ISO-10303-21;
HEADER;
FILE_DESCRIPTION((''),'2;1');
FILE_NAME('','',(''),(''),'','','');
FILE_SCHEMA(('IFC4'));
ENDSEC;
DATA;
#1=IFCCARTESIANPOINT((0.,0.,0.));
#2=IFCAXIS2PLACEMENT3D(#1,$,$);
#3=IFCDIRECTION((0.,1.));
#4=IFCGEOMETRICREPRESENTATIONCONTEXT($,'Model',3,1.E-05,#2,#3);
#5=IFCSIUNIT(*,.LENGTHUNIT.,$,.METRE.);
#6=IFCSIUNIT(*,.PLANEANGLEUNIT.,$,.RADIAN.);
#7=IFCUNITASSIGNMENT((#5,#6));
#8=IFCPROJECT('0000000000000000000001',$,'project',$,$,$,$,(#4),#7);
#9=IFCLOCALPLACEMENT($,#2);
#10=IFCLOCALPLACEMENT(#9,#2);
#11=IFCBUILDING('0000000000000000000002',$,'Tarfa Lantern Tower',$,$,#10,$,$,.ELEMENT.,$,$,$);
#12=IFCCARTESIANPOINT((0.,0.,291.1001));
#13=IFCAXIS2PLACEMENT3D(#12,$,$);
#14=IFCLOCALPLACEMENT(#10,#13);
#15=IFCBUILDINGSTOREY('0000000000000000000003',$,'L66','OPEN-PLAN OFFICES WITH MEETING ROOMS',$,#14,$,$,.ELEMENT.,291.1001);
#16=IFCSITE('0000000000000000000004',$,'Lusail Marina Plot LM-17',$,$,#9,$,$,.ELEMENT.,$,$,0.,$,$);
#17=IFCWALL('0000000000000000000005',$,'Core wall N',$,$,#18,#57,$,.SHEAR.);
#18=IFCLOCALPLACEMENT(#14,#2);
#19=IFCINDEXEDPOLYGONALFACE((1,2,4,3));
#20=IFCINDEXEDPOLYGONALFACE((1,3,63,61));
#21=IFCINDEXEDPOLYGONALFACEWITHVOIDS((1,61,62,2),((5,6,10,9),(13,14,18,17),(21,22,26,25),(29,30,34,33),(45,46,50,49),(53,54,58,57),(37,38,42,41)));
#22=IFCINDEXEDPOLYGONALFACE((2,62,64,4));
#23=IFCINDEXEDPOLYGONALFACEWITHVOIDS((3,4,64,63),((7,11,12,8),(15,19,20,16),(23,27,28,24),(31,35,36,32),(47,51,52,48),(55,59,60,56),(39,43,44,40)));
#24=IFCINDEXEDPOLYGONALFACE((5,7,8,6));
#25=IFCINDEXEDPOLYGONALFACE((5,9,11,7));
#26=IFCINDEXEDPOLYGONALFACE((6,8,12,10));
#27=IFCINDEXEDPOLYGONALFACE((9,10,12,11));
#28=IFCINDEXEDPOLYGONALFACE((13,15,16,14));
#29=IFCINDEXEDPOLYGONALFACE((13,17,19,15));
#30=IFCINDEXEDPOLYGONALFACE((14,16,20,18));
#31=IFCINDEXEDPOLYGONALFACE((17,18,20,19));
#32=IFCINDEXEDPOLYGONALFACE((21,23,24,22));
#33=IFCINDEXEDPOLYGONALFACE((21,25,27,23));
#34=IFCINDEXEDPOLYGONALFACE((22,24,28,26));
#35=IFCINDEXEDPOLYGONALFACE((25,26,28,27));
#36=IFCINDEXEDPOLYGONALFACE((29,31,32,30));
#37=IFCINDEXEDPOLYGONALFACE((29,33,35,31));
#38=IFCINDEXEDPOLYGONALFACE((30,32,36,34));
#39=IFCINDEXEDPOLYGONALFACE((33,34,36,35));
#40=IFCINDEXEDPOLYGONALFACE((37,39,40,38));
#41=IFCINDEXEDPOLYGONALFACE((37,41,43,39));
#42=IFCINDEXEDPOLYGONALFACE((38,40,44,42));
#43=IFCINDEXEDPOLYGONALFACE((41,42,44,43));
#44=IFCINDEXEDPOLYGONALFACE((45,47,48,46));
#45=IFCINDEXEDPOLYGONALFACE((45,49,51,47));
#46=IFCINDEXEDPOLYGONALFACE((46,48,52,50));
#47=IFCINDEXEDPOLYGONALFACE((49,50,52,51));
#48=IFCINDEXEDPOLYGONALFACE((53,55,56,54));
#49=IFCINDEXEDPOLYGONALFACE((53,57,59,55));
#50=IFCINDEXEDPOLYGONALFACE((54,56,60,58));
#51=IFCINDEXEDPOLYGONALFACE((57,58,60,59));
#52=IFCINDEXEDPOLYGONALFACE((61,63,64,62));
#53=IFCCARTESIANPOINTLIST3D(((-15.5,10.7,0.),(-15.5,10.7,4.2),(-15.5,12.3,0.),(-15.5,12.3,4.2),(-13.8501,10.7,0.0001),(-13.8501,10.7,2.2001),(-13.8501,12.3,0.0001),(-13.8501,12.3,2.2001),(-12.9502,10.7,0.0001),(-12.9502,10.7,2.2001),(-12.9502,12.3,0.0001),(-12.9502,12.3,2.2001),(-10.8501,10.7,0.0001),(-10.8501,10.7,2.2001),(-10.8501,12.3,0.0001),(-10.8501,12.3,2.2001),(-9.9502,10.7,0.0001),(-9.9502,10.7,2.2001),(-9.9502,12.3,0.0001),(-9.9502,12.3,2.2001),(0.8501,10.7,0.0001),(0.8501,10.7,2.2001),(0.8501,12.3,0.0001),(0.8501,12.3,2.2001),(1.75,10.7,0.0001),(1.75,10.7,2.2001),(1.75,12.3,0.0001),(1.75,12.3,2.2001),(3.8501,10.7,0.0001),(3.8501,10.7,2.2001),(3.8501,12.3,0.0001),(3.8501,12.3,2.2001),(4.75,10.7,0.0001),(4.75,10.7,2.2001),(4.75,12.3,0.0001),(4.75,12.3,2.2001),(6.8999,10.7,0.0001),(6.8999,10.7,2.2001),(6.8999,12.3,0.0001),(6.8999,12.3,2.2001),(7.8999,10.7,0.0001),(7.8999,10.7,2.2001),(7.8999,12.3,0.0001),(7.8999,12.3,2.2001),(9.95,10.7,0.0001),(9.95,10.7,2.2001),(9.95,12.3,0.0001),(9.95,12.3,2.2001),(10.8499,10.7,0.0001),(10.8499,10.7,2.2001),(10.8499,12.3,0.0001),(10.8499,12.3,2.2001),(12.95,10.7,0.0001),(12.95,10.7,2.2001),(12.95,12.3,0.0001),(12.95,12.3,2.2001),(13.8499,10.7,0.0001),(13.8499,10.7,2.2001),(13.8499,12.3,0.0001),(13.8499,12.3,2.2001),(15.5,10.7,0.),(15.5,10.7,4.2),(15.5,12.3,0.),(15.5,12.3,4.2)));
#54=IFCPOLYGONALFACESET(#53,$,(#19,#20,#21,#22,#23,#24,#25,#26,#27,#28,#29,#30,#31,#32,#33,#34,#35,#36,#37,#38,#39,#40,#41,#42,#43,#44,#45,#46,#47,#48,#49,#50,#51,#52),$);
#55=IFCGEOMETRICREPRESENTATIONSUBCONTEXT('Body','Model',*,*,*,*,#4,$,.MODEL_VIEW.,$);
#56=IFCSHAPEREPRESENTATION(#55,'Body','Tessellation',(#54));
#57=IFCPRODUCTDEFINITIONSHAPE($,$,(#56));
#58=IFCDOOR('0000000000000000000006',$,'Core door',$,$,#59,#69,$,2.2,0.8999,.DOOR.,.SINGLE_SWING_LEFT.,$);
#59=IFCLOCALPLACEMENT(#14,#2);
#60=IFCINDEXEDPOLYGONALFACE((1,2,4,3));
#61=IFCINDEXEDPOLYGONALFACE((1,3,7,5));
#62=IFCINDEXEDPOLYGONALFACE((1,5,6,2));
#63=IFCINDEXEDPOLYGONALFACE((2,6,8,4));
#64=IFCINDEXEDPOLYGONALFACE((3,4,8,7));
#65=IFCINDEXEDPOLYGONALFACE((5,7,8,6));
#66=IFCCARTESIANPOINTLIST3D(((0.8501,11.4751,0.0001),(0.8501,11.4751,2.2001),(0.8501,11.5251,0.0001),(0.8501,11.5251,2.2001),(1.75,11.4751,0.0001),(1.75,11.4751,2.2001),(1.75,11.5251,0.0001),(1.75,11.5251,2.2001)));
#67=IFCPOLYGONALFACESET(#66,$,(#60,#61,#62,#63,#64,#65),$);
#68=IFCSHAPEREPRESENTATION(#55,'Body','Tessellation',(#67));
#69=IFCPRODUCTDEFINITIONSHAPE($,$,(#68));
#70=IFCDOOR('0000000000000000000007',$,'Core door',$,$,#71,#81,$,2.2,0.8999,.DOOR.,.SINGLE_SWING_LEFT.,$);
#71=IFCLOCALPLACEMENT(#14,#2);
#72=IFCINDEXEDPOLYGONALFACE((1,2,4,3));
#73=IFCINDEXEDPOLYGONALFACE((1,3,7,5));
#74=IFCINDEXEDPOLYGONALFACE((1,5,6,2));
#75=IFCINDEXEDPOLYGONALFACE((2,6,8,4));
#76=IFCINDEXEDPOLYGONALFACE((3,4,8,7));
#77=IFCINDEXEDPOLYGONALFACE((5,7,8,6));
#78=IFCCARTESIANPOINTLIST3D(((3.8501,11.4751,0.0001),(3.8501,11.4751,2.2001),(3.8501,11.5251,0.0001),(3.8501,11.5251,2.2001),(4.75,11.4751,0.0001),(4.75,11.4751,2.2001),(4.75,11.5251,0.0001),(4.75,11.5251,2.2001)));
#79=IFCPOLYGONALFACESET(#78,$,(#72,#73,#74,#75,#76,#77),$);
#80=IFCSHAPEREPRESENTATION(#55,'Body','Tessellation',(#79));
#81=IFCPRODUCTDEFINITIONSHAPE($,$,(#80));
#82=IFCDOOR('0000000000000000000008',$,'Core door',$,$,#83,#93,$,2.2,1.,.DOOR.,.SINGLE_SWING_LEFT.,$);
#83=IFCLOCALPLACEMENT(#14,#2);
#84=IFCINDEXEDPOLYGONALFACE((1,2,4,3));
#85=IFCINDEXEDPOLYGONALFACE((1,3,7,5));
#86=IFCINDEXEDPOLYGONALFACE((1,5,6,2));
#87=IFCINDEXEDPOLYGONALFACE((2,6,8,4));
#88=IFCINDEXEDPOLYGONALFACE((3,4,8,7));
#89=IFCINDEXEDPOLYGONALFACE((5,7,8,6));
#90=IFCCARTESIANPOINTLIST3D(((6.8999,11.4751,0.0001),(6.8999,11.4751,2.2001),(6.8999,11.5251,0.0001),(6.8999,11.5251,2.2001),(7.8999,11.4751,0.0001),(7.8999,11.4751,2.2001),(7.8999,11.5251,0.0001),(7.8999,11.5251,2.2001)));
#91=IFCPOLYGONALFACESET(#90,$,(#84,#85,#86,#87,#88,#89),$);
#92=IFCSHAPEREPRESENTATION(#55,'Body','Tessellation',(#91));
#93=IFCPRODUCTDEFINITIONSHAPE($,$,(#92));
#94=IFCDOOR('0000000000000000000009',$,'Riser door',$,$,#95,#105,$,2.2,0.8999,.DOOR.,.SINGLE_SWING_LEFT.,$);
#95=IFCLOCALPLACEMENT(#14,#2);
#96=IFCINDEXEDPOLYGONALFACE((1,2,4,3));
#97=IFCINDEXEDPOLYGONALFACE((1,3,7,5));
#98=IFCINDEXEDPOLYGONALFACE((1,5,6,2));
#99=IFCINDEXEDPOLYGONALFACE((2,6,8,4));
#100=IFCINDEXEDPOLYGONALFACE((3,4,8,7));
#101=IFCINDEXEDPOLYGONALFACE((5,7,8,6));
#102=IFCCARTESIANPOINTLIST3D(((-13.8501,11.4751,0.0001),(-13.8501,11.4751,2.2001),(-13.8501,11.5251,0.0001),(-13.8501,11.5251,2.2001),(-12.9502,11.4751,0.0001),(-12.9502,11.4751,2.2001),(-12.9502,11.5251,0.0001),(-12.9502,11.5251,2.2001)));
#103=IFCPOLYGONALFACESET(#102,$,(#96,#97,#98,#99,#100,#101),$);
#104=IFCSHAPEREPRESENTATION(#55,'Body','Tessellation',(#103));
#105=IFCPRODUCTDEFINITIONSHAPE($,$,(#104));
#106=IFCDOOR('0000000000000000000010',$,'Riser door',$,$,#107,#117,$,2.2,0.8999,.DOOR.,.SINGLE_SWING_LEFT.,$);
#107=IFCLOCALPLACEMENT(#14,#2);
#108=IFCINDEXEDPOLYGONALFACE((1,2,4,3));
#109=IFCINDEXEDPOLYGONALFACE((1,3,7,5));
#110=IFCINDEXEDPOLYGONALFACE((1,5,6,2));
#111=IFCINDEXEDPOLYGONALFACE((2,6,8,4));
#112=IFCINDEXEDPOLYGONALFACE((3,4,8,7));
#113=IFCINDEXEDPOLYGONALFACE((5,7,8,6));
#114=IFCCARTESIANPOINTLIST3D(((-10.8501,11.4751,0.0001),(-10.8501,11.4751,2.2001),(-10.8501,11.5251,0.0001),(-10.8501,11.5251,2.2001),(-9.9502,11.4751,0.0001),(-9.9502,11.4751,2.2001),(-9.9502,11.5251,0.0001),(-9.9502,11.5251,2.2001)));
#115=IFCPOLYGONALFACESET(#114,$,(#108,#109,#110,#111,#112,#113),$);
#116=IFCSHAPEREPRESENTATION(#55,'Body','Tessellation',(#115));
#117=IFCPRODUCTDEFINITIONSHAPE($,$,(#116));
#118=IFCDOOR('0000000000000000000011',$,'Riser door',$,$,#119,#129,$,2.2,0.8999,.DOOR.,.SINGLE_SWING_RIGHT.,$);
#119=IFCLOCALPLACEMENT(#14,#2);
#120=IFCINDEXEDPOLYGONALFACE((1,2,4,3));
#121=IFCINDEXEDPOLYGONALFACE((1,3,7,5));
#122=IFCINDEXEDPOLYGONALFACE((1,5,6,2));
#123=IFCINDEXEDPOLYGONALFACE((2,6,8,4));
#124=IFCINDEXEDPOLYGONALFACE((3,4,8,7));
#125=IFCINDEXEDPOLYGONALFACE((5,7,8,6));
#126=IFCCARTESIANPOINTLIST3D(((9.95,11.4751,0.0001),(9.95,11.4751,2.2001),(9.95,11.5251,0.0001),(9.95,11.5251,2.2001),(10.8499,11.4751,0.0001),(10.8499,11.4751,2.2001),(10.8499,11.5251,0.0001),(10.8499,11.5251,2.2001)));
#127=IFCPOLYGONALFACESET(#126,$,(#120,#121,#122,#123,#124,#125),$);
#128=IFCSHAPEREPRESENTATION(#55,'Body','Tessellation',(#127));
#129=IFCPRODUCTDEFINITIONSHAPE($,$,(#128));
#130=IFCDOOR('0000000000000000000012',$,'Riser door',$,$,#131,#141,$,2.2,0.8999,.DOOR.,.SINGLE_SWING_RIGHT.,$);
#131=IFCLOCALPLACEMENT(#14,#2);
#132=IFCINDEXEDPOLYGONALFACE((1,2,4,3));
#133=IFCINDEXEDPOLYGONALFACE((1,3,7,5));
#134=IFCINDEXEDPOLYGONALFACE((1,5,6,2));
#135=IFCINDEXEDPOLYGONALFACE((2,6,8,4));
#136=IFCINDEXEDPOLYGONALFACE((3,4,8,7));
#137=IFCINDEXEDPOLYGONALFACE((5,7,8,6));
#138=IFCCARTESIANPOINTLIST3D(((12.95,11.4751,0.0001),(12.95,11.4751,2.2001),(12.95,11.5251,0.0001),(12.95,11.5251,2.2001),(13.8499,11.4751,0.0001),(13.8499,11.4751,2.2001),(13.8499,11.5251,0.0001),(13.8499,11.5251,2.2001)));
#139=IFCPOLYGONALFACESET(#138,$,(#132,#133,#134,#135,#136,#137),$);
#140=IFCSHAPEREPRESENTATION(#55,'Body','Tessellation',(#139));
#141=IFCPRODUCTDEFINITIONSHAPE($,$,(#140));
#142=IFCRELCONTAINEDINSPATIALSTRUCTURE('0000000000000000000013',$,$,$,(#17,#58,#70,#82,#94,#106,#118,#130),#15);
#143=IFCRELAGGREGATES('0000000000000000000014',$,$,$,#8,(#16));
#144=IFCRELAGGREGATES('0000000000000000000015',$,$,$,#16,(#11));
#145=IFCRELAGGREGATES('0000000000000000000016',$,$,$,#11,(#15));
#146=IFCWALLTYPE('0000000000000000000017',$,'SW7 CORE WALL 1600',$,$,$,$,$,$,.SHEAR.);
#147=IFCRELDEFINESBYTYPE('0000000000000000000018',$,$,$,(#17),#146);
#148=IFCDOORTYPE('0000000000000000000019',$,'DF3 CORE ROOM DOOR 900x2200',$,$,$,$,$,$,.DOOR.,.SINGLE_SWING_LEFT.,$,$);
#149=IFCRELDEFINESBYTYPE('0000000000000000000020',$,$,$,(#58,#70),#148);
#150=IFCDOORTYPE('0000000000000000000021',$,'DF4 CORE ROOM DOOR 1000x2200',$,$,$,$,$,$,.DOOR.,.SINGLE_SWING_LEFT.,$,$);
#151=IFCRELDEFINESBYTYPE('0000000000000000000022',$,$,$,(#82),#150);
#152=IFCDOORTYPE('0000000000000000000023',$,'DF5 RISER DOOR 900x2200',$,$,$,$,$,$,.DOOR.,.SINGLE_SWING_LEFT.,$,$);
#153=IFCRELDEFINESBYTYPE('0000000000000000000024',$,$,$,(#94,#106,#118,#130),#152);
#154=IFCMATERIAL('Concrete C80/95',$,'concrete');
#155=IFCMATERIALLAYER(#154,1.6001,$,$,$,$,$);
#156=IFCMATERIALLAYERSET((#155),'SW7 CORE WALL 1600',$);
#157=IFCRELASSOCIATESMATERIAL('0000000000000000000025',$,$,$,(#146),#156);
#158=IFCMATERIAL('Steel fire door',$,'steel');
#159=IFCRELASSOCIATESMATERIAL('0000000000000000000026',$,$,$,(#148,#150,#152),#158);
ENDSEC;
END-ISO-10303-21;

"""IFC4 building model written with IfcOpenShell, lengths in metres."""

from ifc_helpers import new_model, si_unit, direction, frame, frame_2d, origin, place, context, subcontext, project, spatial, rectangle, extrude, material, layer, layer_set, type_object, element, fill, save


model = new_model("IFC4")

# Units and contexts
model_context = context("Model", 3, precision=1e-05, world=origin(), true_north=direction((0.0, 1.0)))
body_context = subcontext(model_context, "Body", "Model", "MODEL_VIEW")
ifc_project = project(units=[si_unit("LENGTHUNIT", "METRE"), si_unit("PLANEANGLEUNIT", "RADIAN")], contexts=[model_context])

# Site, building, storey
site_placement = place(None, origin())
site = spatial("IfcSite", under=ifc_project, at=site_placement, Name="Lusail Marina Plot LM-17", CompositionType="ELEMENT", RefElevation=0.0)
building_placement = place(site_placement, origin())
building = spatial("IfcBuilding", under=site, at=building_placement, Name="Tarfa Lantern Tower", CompositionType="ELEMENT")
storey_placement = place(building_placement, frame((0.0, 0.0, 291.1001)))
storey = spatial("IfcBuildingStorey", under=building, at=storey_placement, Name="L66", Description="OPEN-PLAN OFFICES WITH MEETING ROOMS", CompositionType="ELEMENT", Elevation=291.1001)

# Shared definitions
ifc_material_1 = material(Name="Concrete C80/95", Category="concrete")
ifc_material_2 = material(Name="Steel fire door", Category="steel")

# Wall, openings, doors
ifc_layer_1 = layer(ifc_material_1, 1.6001)
ifc_layer_set_1 = layer_set([ifc_layer_1], Name="SW7 CORE WALL 1600")
wall_type_1 = type_object("IfcWallType", Name="SW7 CORE WALL 1600", PredefinedType="SHEAR", material=ifc_layer_set_1)
wall_1_placement = place(storey_placement, frame((-15.5, 11.5, 0.0), z_axis=(0.0, 0.0, 1.0), x_axis=(1.0, 0.0, 0.0)))
wall_1 = element("IfcWall", 1, at=wall_1_placement, inside=storey, type_object=wall_type_1, Name="Core wall N", PredefinedType="SHEAR", context=body_context, shape_type="SweptSolid", body=[
    extrude(rectangle(XDim=31.0, YDim=1.6001, at=frame_2d((15.5, 0.0))), origin(), (0.0, 0.0, 1.0), 4.2),
])
opening_1_placement = place(wall_1_placement, frame((16.3501, 0.0, 0.0)))
opening_1 = element("IfcOpeningElement", 2, at=opening_1_placement, cuts=wall_1, PredefinedType="OPENING", context=body_context, shape_type="SweptSolid", body=[
    extrude(rectangle(XDim=0.8999, YDim=2.2, at=frame_2d((0.45, 1.1001))), frame((0.0, 0.8101, 0.0), z_axis=(0.0, -1.0, 0.0), x_axis=(1.0, 0.0, 0.0)), (0.0, 0.0, 1.0), 1.6201),
])
opening_2_placement = place(wall_1_placement, frame((19.3501, 0.0, 0.0)))
opening_2 = element("IfcOpeningElement", 3, at=opening_2_placement, cuts=wall_1, PredefinedType="OPENING", context=body_context, shape_type="SweptSolid", body=[
    extrude(rectangle(XDim=0.8999, YDim=2.2, at=frame_2d((0.45, 1.1001))), frame((0.0, 0.8101, 0.0), z_axis=(0.0, -1.0, 0.0), x_axis=(1.0, 0.0, 0.0)), (0.0, 0.0, 1.0), 1.6201),
])
opening_3_placement = place(wall_1_placement, frame((22.3999, 0.0, 0.0)))
opening_3 = element("IfcOpeningElement", 4, at=opening_3_placement, cuts=wall_1, PredefinedType="OPENING", context=body_context, shape_type="SweptSolid", body=[
    extrude(rectangle(XDim=1.0, YDim=2.2, at=frame_2d((0.5, 1.1001))), frame((0.0, 0.8101, 0.0), z_axis=(0.0, -1.0, 0.0), x_axis=(1.0, 0.0, 0.0)), (0.0, 0.0, 1.0), 1.6201),
])
opening_4_placement = place(wall_1_placement, frame((1.6499, 0.0, 0.0)))
opening_4 = element("IfcOpeningElement", 5, at=opening_4_placement, cuts=wall_1, PredefinedType="OPENING", context=body_context, shape_type="SweptSolid", body=[
    extrude(rectangle(XDim=0.8999, YDim=2.2, at=frame_2d((0.45, 1.1001))), frame((0.0, 0.8101, 0.0), z_axis=(0.0, -1.0, 0.0), x_axis=(1.0, 0.0, 0.0)), (0.0, 0.0, 1.0), 1.6201),
])
opening_5_placement = place(wall_1_placement, frame((4.6499, 0.0, 0.0)))
opening_5 = element("IfcOpeningElement", 6, at=opening_5_placement, cuts=wall_1, PredefinedType="OPENING", context=body_context, shape_type="SweptSolid", body=[
    extrude(rectangle(XDim=0.8999, YDim=2.2, at=frame_2d((0.45, 1.1001))), frame((0.0, 0.8101, 0.0), z_axis=(0.0, -1.0, 0.0), x_axis=(1.0, 0.0, 0.0)), (0.0, 0.0, 1.0), 1.6201),
])
opening_6_placement = place(wall_1_placement, frame((25.45, 0.0, 0.0)))
opening_6 = element("IfcOpeningElement", 7, at=opening_6_placement, cuts=wall_1, PredefinedType="OPENING", context=body_context, shape_type="SweptSolid", body=[
    extrude(rectangle(XDim=0.8999, YDim=2.2, at=frame_2d((0.45, 1.1001))), frame((0.0, 0.8101, 0.0), z_axis=(0.0, -1.0, 0.0), x_axis=(1.0, 0.0, 0.0)), (0.0, 0.0, 1.0), 1.6201),
])
opening_7_placement = place(wall_1_placement, frame((28.45, 0.0, 0.0)))
opening_7 = element("IfcOpeningElement", 8, at=opening_7_placement, cuts=wall_1, PredefinedType="OPENING", context=body_context, shape_type="SweptSolid", body=[
    extrude(rectangle(XDim=0.8999, YDim=2.2, at=frame_2d((0.45, 1.1001))), frame((0.0, 0.8101, 0.0), z_axis=(0.0, -1.0, 0.0), x_axis=(1.0, 0.0, 0.0)), (0.0, 0.0, 1.0), 1.6201),
])
door_type_1 = type_object("IfcDoorType", Name="DF3 CORE ROOM DOOR 900x2200", OperationType="SINGLE_SWING_LEFT", PredefinedType="DOOR", material=ifc_material_2)
door_1_placement = place(opening_1_placement, frame((0.8999, 0.0, 0.0), z_axis=(0.0, 0.0, 1.0), x_axis=(-1.0, 0.0, 0.0)))
door_1 = element("IfcDoor", 9, at=door_1_placement, inside=storey, type_object=door_type_1, Name="Core door", OperationType="SINGLE_SWING_LEFT", OverallHeight=2.2, OverallWidth=0.8999, PredefinedType="DOOR", context=body_context, shape_type="SweptSolid", body=[
    extrude(rectangle(XDim=0.8999, YDim=2.2, at=frame_2d((0.45, 1.1001))), frame((0.0, 0.0249, 0.0), z_axis=(0.0, -1.0, 0.0), x_axis=(1.0, 0.0, 0.0)), (0.0, 0.0, 1.0), 0.05),
])
fill(opening_1, door_1)
door_2_placement = place(opening_2_placement, frame((0.8999, 0.0, 0.0), z_axis=(0.0, 0.0, 1.0), x_axis=(-1.0, 0.0, 0.0)))
door_2 = element("IfcDoor", 10, at=door_2_placement, inside=storey, type_object=door_type_1, Name="Core door", OperationType="SINGLE_SWING_LEFT", OverallHeight=2.2, OverallWidth=0.8999, PredefinedType="DOOR", context=body_context, shape_type="SweptSolid", body=[
    extrude(rectangle(XDim=0.8999, YDim=2.2, at=frame_2d((0.45, 1.1001))), frame((0.0, 0.0249, 0.0), z_axis=(0.0, -1.0, 0.0), x_axis=(1.0, 0.0, 0.0)), (0.0, 0.0, 1.0), 0.05),
])
fill(opening_2, door_2)
door_type_2 = type_object("IfcDoorType", Name="DF4 CORE ROOM DOOR 1000x2200", OperationType="SINGLE_SWING_LEFT", PredefinedType="DOOR", material=ifc_material_2)
door_3_placement = place(opening_3_placement, frame((1.0, 0.0, 0.0), z_axis=(0.0, 0.0, 1.0), x_axis=(-1.0, 0.0, 0.0)))
door_3 = element("IfcDoor", 11, at=door_3_placement, inside=storey, type_object=door_type_2, Name="Core door", OperationType="SINGLE_SWING_LEFT", OverallHeight=2.2, OverallWidth=1.0, PredefinedType="DOOR", context=body_context, shape_type="SweptSolid", body=[
    extrude(rectangle(XDim=1.0, YDim=2.2, at=frame_2d((0.5, 1.1001))), frame((0.0, 0.0249, 0.0), z_axis=(0.0, -1.0, 0.0), x_axis=(1.0, 0.0, 0.0)), (0.0, 0.0, 1.0), 0.05),
])
fill(opening_3, door_3)
door_type_3 = type_object("IfcDoorType", Name="DF5 RISER DOOR 900x2200", OperationType="SINGLE_SWING_LEFT", PredefinedType="DOOR", material=ifc_material_2)
door_4_placement = place(opening_4_placement, frame((0.8999, 0.0, 0.0), z_axis=(0.0, 0.0, 1.0), x_axis=(-1.0, 0.0, 0.0)))
door_4 = element("IfcDoor", 12, at=door_4_placement, inside=storey, type_object=door_type_3, Name="Riser door", OperationType="SINGLE_SWING_LEFT", OverallHeight=2.2, OverallWidth=0.8999, PredefinedType="DOOR", context=body_context, shape_type="SweptSolid", body=[
    extrude(rectangle(XDim=0.8999, YDim=2.2, at=frame_2d((0.45, 1.1001))), frame((0.0, 0.0249, 0.0), z_axis=(0.0, -1.0, 0.0), x_axis=(1.0, 0.0, 0.0)), (0.0, 0.0, 1.0), 0.05),
])
fill(opening_4, door_4)
door_5_placement = place(opening_5_placement, frame((0.8999, 0.0, 0.0), z_axis=(0.0, 0.0, 1.0), x_axis=(-1.0, 0.0, 0.0)))
door_5 = element("IfcDoor", 13, at=door_5_placement, inside=storey, type_object=door_type_3, Name="Riser door", OperationType="SINGLE_SWING_LEFT", OverallHeight=2.2, OverallWidth=0.8999, PredefinedType="DOOR", context=body_context, shape_type="SweptSolid", body=[
    extrude(rectangle(XDim=0.8999, YDim=2.2, at=frame_2d((0.45, 1.1001))), frame((0.0, 0.0249, 0.0), z_axis=(0.0, -1.0, 0.0), x_axis=(1.0, 0.0, 0.0)), (0.0, 0.0, 1.0), 0.05),
])
fill(opening_5, door_5)
door_6_placement = place(opening_6_placement, frame((0.8999, 0.0, 0.0), z_axis=(0.0, 0.0, 1.0), x_axis=(-1.0, 0.0, 0.0)))
door_6 = element("IfcDoor", 14, at=door_6_placement, inside=storey, type_object=door_type_3, Name="Riser door", OperationType="SINGLE_SWING_RIGHT", OverallHeight=2.2, OverallWidth=0.8999, PredefinedType="DOOR", context=body_context, shape_type="SweptSolid", body=[
    extrude(rectangle(XDim=0.8999, YDim=2.2, at=frame_2d((0.45, 1.1001))), frame((0.0, 0.0249, 0.0), z_axis=(0.0, -1.0, 0.0), x_axis=(1.0, 0.0, 0.0)), (0.0, 0.0, 1.0), 0.05),
])
fill(opening_6, door_6)
door_7_placement = place(opening_7_placement, frame((0.8999, 0.0, 0.0), z_axis=(0.0, 0.0, 1.0), x_axis=(-1.0, 0.0, 0.0)))
door_7 = element("IfcDoor", 15, at=door_7_placement, inside=storey, type_object=door_type_3, Name="Riser door", OperationType="SINGLE_SWING_RIGHT", OverallHeight=2.2, OverallWidth=0.8999, PredefinedType="DOOR", context=body_context, shape_type="SweptSolid", body=[
    extrude(rectangle(XDim=0.8999, YDim=2.2, at=frame_2d((0.45, 1.1001))), frame((0.0, 0.0249, 0.0), z_axis=(0.0, -1.0, 0.0), x_axis=(1.0, 0.0, 0.0)), (0.0, 0.0, 1.0), 0.05),
])
fill(opening_7, door_7)

save(model, "model.ifc")
